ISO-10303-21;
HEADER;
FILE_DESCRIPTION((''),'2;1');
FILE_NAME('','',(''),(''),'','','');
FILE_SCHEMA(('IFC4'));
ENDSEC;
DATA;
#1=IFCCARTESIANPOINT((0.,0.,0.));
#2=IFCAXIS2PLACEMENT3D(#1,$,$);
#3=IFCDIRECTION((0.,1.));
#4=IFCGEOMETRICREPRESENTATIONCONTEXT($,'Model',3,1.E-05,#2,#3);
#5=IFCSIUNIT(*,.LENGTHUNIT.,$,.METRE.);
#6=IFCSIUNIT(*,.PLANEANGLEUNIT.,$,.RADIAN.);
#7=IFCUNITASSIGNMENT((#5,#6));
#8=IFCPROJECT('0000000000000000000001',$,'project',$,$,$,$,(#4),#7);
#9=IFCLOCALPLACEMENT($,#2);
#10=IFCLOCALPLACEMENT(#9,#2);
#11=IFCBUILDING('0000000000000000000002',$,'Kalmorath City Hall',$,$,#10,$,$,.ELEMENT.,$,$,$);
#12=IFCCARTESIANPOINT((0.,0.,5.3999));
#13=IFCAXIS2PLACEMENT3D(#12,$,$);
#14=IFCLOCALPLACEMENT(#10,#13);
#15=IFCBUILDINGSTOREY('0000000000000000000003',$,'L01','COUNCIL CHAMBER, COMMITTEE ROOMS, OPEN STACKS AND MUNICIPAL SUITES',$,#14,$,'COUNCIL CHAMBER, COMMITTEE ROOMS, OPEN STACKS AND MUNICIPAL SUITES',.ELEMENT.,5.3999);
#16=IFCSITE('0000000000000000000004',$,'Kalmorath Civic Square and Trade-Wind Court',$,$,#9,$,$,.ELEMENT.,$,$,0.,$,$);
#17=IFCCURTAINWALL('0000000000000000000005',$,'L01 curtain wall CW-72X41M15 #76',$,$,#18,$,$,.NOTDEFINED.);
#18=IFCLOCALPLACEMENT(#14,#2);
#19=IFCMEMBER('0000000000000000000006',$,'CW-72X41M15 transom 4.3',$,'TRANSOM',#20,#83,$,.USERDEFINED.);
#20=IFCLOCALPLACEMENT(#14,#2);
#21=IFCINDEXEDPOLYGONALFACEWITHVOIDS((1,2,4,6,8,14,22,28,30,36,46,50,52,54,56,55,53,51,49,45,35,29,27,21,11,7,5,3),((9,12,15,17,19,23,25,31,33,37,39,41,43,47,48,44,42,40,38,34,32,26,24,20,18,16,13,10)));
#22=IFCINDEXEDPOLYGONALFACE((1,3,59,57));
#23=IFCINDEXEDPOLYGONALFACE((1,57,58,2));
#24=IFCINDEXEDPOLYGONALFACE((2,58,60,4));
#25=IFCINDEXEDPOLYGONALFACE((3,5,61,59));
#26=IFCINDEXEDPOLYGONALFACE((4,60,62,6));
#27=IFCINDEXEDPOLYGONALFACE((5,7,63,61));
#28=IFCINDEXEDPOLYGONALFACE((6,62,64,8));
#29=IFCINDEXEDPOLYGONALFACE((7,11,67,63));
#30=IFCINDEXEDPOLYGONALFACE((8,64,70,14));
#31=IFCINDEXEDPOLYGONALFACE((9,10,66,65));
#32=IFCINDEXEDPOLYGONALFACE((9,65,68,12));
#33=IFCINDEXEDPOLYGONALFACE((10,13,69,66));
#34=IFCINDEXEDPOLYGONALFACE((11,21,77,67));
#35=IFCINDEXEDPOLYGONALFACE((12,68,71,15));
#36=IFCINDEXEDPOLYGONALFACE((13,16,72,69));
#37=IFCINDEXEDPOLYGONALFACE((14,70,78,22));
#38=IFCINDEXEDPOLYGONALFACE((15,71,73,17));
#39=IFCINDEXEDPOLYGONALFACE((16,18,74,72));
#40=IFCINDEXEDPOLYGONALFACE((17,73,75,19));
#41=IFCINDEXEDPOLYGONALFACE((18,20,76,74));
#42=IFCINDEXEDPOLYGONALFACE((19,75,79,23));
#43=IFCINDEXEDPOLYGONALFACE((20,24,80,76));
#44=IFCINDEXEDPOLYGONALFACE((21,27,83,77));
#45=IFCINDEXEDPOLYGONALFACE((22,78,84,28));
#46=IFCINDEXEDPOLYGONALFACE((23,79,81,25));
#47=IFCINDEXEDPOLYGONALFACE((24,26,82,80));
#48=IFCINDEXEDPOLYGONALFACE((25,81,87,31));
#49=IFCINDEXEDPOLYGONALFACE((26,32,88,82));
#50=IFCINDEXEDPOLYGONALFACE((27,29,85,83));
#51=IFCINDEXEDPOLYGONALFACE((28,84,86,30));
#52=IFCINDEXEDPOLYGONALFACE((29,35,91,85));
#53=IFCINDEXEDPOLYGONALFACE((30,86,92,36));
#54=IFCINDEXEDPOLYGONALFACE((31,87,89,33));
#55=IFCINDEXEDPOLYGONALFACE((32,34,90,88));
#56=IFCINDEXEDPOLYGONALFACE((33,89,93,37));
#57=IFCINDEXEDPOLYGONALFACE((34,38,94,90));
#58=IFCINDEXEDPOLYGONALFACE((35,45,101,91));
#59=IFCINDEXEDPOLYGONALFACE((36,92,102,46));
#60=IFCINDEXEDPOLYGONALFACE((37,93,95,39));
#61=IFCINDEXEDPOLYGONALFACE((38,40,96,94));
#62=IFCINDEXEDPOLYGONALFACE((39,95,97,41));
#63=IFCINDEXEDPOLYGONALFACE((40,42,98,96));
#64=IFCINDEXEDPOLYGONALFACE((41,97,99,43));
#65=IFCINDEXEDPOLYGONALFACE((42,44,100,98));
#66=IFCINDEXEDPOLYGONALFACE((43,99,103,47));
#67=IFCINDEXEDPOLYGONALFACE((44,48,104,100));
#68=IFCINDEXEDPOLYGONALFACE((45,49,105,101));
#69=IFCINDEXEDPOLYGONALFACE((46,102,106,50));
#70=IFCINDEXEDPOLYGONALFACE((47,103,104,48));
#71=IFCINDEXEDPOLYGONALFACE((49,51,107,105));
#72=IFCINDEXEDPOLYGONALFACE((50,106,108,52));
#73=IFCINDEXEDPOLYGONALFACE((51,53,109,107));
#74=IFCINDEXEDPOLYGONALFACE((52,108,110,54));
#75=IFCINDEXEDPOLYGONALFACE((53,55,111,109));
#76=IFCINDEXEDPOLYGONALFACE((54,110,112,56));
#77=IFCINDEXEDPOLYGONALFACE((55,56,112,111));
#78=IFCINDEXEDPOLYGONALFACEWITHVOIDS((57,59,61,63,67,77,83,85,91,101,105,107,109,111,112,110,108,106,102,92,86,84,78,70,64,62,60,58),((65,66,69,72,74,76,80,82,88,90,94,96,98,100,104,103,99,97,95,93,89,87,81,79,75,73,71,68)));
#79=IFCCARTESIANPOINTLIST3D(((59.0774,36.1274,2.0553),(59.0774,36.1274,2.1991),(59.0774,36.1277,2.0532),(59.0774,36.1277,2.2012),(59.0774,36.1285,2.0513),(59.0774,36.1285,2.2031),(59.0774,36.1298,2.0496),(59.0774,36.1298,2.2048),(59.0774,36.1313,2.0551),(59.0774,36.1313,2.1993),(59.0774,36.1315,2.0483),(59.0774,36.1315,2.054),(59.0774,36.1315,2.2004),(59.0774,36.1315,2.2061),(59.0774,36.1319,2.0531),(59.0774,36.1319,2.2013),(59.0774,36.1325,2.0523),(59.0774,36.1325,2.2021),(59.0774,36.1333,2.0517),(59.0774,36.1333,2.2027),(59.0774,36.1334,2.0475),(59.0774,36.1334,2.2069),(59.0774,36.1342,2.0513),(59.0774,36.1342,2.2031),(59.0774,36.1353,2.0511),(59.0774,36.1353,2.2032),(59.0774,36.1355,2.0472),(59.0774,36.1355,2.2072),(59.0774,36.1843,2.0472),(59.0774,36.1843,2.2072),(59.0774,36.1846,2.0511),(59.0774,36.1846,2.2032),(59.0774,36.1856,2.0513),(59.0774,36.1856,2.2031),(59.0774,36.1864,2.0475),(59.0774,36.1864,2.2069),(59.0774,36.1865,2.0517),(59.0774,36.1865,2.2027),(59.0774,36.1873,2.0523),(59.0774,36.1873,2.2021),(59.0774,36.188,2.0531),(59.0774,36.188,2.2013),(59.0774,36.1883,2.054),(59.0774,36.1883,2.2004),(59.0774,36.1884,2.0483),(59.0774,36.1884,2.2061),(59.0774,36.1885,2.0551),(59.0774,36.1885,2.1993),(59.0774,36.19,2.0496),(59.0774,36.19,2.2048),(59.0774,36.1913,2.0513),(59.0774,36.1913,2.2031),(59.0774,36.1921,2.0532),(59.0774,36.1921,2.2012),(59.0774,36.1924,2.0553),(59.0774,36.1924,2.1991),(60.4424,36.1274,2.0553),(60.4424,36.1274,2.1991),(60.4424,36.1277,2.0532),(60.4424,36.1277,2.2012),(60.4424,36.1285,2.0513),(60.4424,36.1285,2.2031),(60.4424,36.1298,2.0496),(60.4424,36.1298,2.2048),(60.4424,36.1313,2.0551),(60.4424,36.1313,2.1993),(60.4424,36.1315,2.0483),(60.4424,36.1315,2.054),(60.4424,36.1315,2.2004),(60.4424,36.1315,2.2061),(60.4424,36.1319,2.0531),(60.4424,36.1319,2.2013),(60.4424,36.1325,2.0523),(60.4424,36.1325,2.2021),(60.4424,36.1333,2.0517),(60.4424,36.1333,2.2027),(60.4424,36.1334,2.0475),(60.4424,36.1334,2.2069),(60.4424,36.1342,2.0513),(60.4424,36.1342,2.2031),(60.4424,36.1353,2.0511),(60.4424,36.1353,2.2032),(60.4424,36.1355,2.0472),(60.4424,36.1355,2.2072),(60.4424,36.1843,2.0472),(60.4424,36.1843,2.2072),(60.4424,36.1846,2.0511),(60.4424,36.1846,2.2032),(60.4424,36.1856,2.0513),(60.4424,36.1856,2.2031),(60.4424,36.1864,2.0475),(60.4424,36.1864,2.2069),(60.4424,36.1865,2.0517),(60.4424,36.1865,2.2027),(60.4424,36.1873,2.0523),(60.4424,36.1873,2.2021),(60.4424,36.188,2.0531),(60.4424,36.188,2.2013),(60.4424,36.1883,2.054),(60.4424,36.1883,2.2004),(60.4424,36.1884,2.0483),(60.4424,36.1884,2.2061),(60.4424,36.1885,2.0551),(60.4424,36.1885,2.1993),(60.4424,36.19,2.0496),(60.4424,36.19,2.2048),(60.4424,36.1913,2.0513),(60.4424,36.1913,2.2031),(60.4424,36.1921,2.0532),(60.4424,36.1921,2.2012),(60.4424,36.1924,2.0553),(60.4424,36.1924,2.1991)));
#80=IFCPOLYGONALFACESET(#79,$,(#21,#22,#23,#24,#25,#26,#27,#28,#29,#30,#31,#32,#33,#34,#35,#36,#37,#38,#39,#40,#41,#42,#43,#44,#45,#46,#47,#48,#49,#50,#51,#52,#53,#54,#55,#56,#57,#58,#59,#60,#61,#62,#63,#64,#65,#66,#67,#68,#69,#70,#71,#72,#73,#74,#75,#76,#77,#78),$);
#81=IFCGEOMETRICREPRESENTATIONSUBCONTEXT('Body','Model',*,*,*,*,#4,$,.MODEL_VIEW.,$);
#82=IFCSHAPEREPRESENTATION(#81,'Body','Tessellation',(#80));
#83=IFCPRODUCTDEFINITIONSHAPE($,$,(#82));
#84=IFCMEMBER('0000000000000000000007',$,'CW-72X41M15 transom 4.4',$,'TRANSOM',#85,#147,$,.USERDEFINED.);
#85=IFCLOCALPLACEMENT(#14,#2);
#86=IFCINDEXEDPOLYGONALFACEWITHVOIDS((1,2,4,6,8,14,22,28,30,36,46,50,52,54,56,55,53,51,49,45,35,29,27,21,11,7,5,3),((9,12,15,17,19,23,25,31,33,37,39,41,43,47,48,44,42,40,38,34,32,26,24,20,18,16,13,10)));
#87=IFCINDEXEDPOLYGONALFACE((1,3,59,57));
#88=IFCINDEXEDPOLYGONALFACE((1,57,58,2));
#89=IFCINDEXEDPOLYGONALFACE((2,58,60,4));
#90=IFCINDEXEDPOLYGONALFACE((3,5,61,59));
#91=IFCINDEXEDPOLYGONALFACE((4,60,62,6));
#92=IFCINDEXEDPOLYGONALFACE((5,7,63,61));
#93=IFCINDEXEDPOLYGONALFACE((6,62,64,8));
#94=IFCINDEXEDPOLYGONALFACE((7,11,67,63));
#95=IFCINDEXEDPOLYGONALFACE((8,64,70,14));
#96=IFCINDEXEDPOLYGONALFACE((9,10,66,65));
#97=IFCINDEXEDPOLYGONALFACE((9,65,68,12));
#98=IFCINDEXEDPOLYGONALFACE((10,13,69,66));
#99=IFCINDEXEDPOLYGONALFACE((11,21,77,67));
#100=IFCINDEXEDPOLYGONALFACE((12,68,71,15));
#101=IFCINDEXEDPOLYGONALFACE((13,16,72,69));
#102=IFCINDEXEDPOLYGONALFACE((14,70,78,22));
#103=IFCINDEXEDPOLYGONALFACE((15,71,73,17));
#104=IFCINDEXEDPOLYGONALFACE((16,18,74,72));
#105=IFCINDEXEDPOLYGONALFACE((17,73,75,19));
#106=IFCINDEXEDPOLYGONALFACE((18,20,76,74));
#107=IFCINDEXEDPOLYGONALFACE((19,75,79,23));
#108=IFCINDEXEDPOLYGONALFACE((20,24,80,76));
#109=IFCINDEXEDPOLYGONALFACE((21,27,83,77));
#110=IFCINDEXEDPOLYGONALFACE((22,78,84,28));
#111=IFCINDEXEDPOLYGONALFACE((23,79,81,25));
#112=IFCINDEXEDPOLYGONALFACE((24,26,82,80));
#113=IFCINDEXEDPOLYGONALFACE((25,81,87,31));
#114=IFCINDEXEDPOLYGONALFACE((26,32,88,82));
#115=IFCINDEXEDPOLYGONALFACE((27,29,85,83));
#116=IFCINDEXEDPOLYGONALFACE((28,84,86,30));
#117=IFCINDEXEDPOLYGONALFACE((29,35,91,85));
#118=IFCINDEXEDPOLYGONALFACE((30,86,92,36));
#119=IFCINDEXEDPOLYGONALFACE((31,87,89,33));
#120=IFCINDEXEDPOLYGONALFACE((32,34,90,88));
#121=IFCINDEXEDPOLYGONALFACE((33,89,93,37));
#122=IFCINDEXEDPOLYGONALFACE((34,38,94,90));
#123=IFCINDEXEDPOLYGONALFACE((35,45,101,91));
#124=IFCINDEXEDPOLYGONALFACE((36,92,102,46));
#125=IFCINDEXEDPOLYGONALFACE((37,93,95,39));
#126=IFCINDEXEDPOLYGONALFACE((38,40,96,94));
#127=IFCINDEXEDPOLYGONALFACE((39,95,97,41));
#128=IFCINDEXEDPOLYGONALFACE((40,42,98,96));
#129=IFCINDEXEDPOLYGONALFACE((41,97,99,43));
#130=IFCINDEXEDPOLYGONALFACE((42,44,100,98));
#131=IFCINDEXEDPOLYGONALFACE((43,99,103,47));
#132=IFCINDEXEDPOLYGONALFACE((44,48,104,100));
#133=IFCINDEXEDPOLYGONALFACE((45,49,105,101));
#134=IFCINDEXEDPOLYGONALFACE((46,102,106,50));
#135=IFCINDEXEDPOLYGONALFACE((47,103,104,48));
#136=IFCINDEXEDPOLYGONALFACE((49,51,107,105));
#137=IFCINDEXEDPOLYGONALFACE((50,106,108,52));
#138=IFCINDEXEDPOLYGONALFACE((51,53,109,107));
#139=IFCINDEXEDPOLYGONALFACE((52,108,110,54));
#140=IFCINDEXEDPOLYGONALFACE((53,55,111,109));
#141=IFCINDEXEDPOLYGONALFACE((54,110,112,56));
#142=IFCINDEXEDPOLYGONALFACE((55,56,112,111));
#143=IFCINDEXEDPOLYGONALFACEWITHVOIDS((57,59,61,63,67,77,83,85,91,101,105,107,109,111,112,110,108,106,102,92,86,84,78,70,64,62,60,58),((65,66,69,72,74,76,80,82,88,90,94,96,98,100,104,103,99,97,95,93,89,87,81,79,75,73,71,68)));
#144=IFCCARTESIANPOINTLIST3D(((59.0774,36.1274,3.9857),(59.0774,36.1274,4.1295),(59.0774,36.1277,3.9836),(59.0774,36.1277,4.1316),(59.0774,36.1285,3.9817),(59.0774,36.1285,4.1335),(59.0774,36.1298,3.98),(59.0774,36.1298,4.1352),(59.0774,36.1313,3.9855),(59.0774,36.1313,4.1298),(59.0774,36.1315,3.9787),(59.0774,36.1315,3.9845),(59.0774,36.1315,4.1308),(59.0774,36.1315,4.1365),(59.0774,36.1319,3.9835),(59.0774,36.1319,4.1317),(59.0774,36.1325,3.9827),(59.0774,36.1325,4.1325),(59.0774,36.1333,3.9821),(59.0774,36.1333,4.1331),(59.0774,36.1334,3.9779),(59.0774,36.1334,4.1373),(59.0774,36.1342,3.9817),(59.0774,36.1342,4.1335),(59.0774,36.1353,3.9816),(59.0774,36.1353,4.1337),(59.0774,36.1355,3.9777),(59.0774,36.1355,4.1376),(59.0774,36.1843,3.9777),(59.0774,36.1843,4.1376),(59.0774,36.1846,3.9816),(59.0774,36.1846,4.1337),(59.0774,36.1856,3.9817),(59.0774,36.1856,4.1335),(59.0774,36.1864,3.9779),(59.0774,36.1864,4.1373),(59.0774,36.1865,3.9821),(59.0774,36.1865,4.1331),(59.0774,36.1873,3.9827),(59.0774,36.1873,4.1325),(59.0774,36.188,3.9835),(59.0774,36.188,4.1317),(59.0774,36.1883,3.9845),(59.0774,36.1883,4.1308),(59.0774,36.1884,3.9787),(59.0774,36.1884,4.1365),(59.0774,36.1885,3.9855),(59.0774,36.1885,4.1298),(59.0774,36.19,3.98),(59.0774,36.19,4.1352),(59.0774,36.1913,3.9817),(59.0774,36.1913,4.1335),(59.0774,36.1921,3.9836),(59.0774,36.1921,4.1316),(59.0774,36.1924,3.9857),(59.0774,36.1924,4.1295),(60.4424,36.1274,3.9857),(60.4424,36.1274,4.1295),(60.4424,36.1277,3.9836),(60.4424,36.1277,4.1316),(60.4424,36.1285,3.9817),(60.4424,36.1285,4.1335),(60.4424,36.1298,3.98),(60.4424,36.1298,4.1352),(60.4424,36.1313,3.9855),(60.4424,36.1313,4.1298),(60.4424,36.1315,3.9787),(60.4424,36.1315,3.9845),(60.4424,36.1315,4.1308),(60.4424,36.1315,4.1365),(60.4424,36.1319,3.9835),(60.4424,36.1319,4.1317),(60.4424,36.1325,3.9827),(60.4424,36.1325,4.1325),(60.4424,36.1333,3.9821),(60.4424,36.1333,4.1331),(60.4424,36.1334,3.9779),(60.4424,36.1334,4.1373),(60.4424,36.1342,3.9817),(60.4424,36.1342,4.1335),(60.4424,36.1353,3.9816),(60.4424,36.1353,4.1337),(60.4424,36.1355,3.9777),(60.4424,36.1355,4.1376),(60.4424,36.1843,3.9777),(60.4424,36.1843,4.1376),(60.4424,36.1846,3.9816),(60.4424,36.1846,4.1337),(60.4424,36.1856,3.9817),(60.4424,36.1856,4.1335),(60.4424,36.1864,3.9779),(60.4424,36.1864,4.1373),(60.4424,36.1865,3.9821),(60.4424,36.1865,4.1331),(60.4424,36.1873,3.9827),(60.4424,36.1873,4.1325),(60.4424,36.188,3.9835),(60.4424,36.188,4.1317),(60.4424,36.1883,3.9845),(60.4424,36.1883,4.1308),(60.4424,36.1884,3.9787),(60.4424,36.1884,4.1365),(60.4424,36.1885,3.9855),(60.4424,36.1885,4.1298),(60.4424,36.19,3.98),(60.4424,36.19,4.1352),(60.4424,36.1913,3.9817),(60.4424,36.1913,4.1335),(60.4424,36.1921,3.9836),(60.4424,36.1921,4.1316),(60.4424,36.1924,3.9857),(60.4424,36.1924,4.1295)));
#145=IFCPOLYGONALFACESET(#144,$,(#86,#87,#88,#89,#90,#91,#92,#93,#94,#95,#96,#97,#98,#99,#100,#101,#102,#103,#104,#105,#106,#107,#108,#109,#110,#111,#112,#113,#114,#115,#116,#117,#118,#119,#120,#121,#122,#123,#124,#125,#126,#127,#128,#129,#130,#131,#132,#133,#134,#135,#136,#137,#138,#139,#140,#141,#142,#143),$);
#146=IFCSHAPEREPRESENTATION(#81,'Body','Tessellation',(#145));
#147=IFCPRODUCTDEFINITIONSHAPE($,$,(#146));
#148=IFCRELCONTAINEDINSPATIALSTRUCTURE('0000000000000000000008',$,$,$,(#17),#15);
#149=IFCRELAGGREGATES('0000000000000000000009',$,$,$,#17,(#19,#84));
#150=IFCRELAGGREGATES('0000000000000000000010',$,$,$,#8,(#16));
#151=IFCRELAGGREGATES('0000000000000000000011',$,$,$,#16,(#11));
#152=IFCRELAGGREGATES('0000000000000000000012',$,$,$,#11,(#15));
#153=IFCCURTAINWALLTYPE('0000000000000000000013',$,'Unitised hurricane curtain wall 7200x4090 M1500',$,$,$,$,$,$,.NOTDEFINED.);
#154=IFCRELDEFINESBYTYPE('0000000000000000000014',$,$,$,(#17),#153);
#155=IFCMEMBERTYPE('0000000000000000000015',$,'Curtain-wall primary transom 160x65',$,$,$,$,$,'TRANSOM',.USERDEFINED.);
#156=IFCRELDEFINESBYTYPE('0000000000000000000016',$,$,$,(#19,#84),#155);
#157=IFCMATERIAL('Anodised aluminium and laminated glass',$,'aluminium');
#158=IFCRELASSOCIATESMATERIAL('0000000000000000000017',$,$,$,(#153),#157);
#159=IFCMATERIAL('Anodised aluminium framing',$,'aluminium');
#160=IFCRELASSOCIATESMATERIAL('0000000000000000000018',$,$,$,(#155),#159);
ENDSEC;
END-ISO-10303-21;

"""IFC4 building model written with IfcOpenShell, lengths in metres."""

from ifc_helpers import new_model, si_unit, direction, frame, origin, origin_2d, place, context, subcontext, project, spatial, hollow_rectangle, extrude, material, material_profile, profile_set, type_object, element, aggregate, save


model = new_model("IFC4")

# Units and contexts
model_context = context("Model", 3, precision=1e-05, world=origin(), true_north=direction((0.0, 1.0)))
body_context = subcontext(model_context, "Body", "Model", "MODEL_VIEW")
ifc_project = project(units=[si_unit("LENGTHUNIT", "METRE"), si_unit("PLANEANGLEUNIT", "RADIAN")], contexts=[model_context])

# Site, building, storey
site_placement = place(None, origin())
site = spatial("IfcSite", under=ifc_project, at=site_placement, Name="Kalmorath Civic Square and Trade-Wind Court", CompositionType="ELEMENT", RefElevation=0.0)
building_placement = place(site_placement, origin())
building = spatial("IfcBuilding", under=site, at=building_placement, Name="Kalmorath City Hall", CompositionType="ELEMENT")
storey_placement = place(building_placement, frame((0.0, 0.0, 5.3999)))
storey = spatial("IfcBuildingStorey", under=building, at=storey_placement, Name="L01", Description="COUNCIL CHAMBER, COMMITTEE ROOMS, OPEN STACKS AND MUNICIPAL SUITES", LongName="COUNCIL CHAMBER, COMMITTEE ROOMS, OPEN STACKS AND MUNICIPAL SUITES", CompositionType="ELEMENT", Elevation=5.3999)

# Curtain wall, members
ifc_material_1 = material(Name="Anodised aluminium and laminated glass", Category="aluminium")
curtain_wall_type = type_object("IfcCurtainWallType", Name="Unitised hurricane curtain wall 7200x4090 M1500", PredefinedType="NOTDEFINED", material=ifc_material_1)
curtain_wall_placement = place(storey_placement, origin())
curtain_wall = element("IfcCurtainWall", 1, at=curtain_wall_placement, inside=storey, type_object=curtain_wall_type, Name="L01 curtain wall CW-72X41M15 #76", PredefinedType="NOTDEFINED")
ifc_material_2 = material(Name="Anodised aluminium framing", Category="aluminium")
ifc_material_profile_1 = material_profile(ifc_material_2, hollow_rectangle(XDim=0.0649, YDim=0.1599, WallThickness=0.0039, InnerFilletRadius=0.0039, OuterFilletRadius=0.0081, at=origin_2d()), Name="ALU-TRN-160X65X4")
ifc_profile_set_1 = profile_set([ifc_material_profile_1], Name="Anodised aluminium framing")
member_type_1 = type_object("IfcMemberType", Name="Curtain-wall primary transom 160x65", ElementType="TRANSOM", PredefinedType="USERDEFINED", material=ifc_profile_set_1)
member_1_placement = place(storey_placement, frame((60.4424, 36.1599, 2.1272), z_axis=(-1.0, 0.0, 0.0), x_axis=(0.0, -1.0, 0.0)))
member_1 = element("IfcMember", 2, at=member_1_placement, type_object=member_type_1, Name="CW-72X41M15 transom 4.3", ObjectType="TRANSOM", PredefinedType="USERDEFINED", context=body_context, shape_type="SweptSolid", body=[
    extrude(hollow_rectangle(XDim=0.0649, YDim=0.1599, WallThickness=0.0039, InnerFilletRadius=0.0039, OuterFilletRadius=0.0081, at=origin_2d()), origin(), (0.0, 0.0, 1.0), 1.365),
])
member_2_placement = place(storey_placement, frame((60.4424, 36.1599, 4.0576), z_axis=(-1.0, 0.0, 0.0), x_axis=(0.0, -1.0, 0.0)))
member_2 = element("IfcMember", 3, at=member_2_placement, type_object=member_type_1, Name="CW-72X41M15 transom 4.4", ObjectType="TRANSOM", PredefinedType="USERDEFINED", context=body_context, shape_type="SweptSolid", body=[
    extrude(hollow_rectangle(XDim=0.0649, YDim=0.1599, WallThickness=0.0039, InnerFilletRadius=0.0039, OuterFilletRadius=0.0081, at=origin_2d()), origin(), (0.0, 0.0, 1.0), 1.365),
])
aggregate(curtain_wall, [member_1, member_2])

save(model, "model.ifc")
